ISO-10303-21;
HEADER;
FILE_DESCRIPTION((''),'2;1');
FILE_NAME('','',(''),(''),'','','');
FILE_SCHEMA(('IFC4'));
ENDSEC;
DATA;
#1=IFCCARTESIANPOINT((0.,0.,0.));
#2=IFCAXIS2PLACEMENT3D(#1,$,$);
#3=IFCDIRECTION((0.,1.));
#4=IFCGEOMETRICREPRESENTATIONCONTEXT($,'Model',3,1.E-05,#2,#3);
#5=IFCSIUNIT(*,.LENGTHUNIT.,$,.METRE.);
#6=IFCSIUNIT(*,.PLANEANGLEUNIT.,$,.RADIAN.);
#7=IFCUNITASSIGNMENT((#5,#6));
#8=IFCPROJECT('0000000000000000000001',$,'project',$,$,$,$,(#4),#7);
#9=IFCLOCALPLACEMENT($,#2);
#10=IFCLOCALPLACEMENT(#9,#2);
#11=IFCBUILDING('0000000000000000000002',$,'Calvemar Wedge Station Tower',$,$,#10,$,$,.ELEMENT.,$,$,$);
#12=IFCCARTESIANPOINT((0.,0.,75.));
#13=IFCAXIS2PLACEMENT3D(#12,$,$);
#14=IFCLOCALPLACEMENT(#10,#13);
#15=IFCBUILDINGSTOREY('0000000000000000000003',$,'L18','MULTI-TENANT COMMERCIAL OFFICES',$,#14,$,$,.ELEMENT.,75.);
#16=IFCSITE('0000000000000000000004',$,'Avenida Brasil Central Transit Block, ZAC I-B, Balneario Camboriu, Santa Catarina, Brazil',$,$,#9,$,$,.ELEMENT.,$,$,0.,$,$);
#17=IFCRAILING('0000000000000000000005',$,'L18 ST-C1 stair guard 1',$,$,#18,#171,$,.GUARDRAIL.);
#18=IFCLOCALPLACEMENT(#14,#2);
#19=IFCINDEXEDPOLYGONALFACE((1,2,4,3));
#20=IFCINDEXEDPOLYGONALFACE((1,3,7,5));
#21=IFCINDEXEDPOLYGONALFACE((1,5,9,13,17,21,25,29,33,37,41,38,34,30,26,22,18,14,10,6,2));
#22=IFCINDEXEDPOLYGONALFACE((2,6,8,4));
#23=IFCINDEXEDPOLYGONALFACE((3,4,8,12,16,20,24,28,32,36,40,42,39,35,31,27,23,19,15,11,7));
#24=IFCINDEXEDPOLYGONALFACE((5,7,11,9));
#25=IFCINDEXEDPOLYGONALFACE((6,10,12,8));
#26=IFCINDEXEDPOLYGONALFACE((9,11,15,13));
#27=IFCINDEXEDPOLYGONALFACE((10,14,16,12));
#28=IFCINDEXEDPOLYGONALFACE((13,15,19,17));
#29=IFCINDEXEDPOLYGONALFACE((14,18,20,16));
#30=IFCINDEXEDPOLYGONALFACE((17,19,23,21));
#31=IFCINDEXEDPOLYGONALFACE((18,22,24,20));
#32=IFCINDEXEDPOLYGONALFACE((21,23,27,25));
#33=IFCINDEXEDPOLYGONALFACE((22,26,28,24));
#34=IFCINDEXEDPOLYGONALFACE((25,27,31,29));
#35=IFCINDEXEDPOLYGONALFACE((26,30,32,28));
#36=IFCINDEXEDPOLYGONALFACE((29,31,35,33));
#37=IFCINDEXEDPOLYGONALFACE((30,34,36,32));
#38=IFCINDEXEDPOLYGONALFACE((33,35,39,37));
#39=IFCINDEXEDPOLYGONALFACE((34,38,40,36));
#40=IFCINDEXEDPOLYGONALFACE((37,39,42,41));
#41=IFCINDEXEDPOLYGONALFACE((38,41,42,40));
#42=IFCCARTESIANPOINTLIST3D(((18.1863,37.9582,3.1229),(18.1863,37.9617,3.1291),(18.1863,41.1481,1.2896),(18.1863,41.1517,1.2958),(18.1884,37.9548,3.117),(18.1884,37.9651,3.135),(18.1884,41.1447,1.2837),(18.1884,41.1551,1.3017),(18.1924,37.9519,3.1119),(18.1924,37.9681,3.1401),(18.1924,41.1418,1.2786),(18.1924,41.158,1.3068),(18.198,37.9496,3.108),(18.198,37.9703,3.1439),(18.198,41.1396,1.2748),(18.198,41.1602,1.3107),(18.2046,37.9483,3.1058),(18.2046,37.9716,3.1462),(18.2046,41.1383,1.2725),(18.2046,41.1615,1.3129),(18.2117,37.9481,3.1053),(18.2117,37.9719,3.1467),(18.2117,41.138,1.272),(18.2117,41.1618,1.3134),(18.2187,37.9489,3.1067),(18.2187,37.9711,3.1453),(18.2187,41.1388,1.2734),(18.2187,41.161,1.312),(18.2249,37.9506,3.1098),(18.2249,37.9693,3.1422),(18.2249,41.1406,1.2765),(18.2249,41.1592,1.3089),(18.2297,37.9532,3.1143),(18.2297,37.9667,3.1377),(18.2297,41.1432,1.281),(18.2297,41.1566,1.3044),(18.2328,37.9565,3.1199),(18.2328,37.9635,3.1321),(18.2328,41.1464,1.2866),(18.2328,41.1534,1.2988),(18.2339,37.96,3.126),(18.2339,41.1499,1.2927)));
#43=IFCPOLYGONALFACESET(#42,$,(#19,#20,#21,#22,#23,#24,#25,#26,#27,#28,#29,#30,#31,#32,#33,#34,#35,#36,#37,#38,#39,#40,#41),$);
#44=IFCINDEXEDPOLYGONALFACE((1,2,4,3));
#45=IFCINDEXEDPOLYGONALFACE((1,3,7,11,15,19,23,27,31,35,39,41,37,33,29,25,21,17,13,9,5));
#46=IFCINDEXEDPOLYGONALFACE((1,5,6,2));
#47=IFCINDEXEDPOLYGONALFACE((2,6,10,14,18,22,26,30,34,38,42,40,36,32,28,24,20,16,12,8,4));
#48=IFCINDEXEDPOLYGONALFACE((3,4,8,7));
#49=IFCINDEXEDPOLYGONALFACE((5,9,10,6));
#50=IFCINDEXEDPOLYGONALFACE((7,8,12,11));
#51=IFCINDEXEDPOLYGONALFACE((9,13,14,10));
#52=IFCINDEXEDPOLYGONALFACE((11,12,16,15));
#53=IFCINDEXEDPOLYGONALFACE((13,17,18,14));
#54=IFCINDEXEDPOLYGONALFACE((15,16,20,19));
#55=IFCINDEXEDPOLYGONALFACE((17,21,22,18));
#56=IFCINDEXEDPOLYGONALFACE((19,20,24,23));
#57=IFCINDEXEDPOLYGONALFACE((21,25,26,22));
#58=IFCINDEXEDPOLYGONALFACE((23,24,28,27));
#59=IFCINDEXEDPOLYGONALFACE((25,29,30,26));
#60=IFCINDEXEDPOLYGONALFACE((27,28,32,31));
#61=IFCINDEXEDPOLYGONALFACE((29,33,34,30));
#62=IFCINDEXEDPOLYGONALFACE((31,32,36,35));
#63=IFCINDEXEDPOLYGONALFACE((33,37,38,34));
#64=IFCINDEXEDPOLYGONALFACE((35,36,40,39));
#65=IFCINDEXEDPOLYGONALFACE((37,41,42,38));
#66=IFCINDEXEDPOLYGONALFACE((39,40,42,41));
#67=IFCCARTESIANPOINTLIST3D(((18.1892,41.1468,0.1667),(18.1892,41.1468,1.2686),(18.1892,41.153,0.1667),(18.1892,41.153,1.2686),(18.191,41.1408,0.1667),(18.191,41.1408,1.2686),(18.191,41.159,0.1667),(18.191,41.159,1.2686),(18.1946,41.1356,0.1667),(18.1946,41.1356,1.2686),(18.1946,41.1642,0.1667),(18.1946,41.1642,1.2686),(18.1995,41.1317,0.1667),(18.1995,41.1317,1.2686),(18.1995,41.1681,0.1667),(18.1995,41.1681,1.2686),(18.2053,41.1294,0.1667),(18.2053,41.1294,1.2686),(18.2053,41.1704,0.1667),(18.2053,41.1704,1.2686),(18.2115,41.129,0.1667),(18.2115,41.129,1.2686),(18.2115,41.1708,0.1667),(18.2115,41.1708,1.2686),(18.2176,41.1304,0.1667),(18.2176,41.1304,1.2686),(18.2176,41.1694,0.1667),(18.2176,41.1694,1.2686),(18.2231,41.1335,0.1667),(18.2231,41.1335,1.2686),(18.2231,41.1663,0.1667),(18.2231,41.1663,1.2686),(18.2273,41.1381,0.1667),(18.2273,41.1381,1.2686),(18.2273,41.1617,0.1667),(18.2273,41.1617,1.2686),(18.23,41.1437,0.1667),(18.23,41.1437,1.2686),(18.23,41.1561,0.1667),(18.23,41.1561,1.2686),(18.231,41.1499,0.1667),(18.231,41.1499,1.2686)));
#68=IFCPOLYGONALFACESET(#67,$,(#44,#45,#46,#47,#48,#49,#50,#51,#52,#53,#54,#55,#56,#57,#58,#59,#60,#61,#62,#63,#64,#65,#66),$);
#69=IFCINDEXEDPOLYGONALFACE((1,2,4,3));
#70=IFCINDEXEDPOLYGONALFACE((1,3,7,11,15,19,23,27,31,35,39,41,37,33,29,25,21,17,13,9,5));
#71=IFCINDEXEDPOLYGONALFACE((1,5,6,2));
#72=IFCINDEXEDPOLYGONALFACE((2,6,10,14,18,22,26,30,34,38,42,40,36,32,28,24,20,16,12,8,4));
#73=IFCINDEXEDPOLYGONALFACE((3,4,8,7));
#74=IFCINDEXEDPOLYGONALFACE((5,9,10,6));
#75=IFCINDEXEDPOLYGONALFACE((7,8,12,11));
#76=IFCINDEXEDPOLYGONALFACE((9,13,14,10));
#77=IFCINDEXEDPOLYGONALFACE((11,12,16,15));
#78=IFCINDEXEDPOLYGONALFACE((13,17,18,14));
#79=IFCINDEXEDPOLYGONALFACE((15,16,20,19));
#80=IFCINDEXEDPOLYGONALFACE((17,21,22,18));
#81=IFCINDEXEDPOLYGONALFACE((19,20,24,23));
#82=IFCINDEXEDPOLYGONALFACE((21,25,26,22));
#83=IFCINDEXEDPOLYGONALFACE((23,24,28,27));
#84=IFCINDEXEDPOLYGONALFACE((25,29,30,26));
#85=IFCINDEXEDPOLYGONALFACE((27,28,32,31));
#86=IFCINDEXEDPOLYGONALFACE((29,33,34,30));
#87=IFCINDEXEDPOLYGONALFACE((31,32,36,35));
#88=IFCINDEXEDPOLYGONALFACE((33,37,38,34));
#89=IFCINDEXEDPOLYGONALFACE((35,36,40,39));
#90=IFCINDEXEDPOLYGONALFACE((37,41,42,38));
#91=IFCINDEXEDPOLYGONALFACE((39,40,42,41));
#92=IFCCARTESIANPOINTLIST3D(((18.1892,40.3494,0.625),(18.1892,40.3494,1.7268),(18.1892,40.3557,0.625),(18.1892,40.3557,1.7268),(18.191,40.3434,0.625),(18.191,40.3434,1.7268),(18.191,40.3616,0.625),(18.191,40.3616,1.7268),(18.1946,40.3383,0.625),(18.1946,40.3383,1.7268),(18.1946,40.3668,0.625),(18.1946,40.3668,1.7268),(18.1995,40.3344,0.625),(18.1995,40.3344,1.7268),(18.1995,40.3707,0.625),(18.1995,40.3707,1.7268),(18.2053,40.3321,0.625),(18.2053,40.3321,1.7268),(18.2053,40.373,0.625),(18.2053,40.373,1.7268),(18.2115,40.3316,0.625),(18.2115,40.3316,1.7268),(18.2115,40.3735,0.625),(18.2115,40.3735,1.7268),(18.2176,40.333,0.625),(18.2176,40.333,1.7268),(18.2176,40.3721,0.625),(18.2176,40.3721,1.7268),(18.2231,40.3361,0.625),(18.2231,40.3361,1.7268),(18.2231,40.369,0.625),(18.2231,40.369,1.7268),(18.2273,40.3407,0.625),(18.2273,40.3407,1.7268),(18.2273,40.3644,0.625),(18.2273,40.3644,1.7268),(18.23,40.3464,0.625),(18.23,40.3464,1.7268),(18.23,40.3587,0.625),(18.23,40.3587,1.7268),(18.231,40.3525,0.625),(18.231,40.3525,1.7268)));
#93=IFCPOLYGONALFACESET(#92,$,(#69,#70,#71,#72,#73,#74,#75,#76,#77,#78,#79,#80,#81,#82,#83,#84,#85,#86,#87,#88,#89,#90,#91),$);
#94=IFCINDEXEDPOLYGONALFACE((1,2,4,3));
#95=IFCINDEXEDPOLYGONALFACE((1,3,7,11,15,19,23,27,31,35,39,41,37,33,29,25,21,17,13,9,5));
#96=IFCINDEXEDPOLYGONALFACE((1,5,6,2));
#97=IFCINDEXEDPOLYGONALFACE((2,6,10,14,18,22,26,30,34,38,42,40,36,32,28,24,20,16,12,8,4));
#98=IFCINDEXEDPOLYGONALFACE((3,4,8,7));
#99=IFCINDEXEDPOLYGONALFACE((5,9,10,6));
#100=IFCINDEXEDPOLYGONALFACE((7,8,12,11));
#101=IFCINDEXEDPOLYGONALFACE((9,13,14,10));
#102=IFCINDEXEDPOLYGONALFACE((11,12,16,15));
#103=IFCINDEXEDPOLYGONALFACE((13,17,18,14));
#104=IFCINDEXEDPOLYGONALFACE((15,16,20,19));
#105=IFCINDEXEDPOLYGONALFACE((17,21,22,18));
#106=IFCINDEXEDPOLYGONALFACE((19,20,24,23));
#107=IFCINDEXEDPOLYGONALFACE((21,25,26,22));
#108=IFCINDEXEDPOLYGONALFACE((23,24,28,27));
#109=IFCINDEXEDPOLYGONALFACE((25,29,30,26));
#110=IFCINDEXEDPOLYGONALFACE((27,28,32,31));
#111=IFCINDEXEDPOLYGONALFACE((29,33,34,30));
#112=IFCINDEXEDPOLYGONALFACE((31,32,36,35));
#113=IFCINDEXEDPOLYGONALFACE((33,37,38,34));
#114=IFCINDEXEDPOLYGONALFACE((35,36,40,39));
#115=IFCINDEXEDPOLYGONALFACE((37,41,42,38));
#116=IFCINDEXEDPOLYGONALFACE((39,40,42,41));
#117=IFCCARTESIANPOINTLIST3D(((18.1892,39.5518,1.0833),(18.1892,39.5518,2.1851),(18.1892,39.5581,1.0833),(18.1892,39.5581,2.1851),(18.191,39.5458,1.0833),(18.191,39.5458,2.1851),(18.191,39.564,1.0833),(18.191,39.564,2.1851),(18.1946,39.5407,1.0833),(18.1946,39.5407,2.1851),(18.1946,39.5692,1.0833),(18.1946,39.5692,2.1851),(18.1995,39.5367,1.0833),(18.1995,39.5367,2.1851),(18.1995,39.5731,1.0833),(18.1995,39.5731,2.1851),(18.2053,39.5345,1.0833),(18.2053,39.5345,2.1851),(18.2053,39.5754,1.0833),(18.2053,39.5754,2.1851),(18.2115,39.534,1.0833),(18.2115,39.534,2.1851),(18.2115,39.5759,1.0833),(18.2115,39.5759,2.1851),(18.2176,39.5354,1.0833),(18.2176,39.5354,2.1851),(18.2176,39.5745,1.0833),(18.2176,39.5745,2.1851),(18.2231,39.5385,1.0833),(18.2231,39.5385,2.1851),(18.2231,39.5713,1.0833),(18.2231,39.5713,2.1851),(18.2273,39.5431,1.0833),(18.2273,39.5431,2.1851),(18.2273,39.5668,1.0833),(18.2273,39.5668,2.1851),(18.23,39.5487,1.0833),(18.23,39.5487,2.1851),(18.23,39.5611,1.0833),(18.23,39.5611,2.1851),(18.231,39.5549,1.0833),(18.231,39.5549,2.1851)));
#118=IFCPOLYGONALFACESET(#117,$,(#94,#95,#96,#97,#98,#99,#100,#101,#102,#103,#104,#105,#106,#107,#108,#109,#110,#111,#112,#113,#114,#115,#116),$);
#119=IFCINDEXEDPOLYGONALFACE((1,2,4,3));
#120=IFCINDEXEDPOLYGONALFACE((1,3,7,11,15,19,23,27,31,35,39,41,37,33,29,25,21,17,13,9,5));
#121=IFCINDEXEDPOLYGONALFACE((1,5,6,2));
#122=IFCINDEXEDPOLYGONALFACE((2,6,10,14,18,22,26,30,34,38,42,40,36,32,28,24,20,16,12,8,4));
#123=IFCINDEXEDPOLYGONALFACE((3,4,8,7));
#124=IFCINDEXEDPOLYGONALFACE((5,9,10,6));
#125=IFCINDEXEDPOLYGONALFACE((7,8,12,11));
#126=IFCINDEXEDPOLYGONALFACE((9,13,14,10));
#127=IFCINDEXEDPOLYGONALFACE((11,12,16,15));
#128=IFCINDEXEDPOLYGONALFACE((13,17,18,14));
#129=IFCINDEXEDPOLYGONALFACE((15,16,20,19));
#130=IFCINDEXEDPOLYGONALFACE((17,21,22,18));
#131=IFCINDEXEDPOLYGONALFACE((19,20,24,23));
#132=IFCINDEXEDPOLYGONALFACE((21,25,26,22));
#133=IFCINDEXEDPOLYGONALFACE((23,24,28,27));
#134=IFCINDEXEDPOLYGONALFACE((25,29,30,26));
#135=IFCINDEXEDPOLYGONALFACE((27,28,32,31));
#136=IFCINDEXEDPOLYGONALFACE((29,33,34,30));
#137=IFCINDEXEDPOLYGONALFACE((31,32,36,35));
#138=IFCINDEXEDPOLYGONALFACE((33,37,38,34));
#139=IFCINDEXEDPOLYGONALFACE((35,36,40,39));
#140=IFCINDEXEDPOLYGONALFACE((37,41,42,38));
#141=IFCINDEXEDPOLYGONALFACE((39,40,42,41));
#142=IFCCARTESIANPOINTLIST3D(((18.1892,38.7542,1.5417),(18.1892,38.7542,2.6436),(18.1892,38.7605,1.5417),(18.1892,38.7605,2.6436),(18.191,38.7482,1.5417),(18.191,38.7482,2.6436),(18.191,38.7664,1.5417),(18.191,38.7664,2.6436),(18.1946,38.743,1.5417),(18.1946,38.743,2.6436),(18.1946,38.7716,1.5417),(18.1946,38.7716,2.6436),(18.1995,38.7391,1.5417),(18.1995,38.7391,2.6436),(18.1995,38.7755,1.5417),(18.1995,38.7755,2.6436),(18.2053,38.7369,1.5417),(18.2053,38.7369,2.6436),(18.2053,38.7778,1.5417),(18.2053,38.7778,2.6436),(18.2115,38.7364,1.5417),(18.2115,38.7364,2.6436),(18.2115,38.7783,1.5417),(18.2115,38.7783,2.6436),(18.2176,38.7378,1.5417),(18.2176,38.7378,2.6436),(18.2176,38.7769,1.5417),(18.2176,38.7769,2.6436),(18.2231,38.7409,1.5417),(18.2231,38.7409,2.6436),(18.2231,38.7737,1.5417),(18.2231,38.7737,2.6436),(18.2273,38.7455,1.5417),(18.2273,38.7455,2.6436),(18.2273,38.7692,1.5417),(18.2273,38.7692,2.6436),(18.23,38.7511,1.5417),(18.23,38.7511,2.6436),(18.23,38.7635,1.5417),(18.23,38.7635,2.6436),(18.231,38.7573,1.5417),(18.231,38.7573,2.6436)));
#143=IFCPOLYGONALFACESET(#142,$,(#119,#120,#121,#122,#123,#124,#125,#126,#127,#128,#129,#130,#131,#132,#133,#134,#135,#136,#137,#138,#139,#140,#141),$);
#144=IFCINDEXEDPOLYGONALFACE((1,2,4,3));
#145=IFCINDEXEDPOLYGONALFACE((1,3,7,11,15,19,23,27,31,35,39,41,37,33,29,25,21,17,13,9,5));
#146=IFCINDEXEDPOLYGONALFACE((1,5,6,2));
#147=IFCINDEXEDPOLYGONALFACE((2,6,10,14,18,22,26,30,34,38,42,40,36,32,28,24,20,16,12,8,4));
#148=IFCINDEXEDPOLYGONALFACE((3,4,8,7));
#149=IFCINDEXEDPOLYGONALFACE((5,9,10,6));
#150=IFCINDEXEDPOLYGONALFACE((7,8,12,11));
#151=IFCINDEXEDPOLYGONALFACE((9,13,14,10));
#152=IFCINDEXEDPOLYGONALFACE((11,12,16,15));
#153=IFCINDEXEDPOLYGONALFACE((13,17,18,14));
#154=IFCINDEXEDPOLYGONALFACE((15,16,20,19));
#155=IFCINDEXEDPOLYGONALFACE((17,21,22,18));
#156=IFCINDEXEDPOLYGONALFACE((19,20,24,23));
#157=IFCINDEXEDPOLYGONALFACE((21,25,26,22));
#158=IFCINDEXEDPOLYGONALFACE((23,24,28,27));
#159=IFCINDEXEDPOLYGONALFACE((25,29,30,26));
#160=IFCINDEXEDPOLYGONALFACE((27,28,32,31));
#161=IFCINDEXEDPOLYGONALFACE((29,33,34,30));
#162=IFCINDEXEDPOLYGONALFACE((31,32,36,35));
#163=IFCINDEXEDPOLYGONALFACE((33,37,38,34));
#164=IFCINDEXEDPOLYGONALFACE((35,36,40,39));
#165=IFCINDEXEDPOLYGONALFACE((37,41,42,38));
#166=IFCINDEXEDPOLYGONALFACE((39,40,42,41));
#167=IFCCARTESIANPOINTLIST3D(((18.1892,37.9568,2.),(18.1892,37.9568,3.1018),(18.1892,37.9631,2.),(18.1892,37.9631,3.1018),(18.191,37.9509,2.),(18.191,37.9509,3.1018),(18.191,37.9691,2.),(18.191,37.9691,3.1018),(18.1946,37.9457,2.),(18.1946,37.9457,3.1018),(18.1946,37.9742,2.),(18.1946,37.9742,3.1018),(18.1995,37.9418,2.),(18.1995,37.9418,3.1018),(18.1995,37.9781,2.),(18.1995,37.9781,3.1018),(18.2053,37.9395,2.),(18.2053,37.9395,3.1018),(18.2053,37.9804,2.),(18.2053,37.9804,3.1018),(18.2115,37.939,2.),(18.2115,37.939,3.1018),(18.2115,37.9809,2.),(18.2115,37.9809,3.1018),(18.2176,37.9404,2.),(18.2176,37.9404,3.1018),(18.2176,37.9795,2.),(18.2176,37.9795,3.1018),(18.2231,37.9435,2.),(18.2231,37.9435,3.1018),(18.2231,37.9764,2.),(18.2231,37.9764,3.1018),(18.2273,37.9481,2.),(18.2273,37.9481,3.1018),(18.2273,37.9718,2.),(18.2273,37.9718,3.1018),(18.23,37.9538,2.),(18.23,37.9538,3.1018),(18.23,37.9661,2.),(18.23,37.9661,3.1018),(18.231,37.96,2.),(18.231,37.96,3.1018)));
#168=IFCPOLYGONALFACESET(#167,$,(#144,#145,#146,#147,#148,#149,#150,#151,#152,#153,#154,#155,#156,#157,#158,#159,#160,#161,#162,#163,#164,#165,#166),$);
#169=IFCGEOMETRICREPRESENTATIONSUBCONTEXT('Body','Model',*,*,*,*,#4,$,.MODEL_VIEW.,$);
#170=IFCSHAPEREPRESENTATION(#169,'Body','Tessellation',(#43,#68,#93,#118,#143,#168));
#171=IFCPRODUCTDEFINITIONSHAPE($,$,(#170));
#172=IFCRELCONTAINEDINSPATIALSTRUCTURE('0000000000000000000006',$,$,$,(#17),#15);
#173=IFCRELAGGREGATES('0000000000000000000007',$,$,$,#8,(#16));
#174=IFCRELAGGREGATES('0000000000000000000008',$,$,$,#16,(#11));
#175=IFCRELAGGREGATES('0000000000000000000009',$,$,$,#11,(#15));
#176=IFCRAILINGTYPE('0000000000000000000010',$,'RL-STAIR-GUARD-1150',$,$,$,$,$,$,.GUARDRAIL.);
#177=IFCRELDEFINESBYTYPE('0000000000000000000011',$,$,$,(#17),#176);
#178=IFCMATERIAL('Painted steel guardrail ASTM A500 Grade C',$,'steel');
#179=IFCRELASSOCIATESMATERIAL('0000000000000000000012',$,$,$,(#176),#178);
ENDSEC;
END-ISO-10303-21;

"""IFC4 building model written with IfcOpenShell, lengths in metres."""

from ifc_helpers import new_model, si_unit, direction, frame, origin, origin_2d, place, context, subcontext, project, spatial, circle, extrude, material, type_object, element, save


model = new_model("IFC4")

# Units and contexts
model_context = context("Model", 3, precision=1e-05, world=origin(), true_north=direction((0.0, 1.0)))
body_context = subcontext(model_context, "Body", "Model", "MODEL_VIEW")
ifc_project = project(units=[si_unit("LENGTHUNIT", "METRE"), si_unit("PLANEANGLEUNIT", "RADIAN")], contexts=[model_context])

# Site, building, storey
site_placement = place(None, origin())
site = spatial("IfcSite", under=ifc_project, at=site_placement, Name="Avenida Brasil Central Transit Block, ZAC I-B, Balneario Camboriu, Santa Catarina, Brazil", CompositionType="ELEMENT", RefElevation=0.0)
building_placement = place(site_placement, origin())
building = spatial("IfcBuilding", under=site, at=building_placement, Name="Calvemar Wedge Station Tower", CompositionType="ELEMENT")
storey_placement = place(building_placement, frame((0.0, 0.0, 75.0)))
storey = spatial("IfcBuildingStorey", under=building, at=storey_placement, Name="L18", Description="MULTI-TENANT COMMERCIAL OFFICES", CompositionType="ELEMENT", Elevation=75.0)

# Railing
ifc_material_1 = material(Name="Painted steel guardrail ASTM A500 Grade C", Category="steel")
railing_type_1 = type_object("IfcRailingType", Name="RL-STAIR-GUARD-1150", PredefinedType="GUARDRAIL", material=ifc_material_1)
railing_1_placement = place(storey_placement, frame((18.21, 41.1499, 0.1667)))
element("IfcRailing", 1, at=railing_1_placement, inside=storey, type_object=railing_type_1, Name="L18 ST-C1 stair guard 1", PredefinedType="GUARDRAIL", context=body_context, shape_type="SweptSolid", body=[
    extrude(circle(Radius=0.0239, at=origin_2d()), frame((0.0, 0.0, 1.126), z_axis=(0.0, -0.86702, 0.498274), x_axis=(1.0, 0.0, 0.0)), (0.0, 0.0, 1.0), 3.6792),
    extrude(circle(Radius=0.021, at=origin_2d()), origin(), (0.0, 0.0, 1.0), 1.1018),
    extrude(circle(Radius=0.021, at=origin_2d()), frame((0.0, -0.7974, 0.4583)), (0.0, 0.0, 1.0), 1.1018),
    extrude(circle(Radius=0.021, at=origin_2d()), frame((0.0, -1.595, 0.9165)), (0.0, 0.0, 1.0), 1.1018),
    extrude(circle(Radius=0.021, at=origin_2d()), frame((0.0, -2.3926, 1.375)), (0.0, 0.0, 1.0), 1.1018),
    extrude(circle(Radius=0.021, at=origin_2d()), frame((0.0, -3.1899, 1.8333)), (0.0, 0.0, 1.0), 1.1018),
])

save(model, "model.ifc")
